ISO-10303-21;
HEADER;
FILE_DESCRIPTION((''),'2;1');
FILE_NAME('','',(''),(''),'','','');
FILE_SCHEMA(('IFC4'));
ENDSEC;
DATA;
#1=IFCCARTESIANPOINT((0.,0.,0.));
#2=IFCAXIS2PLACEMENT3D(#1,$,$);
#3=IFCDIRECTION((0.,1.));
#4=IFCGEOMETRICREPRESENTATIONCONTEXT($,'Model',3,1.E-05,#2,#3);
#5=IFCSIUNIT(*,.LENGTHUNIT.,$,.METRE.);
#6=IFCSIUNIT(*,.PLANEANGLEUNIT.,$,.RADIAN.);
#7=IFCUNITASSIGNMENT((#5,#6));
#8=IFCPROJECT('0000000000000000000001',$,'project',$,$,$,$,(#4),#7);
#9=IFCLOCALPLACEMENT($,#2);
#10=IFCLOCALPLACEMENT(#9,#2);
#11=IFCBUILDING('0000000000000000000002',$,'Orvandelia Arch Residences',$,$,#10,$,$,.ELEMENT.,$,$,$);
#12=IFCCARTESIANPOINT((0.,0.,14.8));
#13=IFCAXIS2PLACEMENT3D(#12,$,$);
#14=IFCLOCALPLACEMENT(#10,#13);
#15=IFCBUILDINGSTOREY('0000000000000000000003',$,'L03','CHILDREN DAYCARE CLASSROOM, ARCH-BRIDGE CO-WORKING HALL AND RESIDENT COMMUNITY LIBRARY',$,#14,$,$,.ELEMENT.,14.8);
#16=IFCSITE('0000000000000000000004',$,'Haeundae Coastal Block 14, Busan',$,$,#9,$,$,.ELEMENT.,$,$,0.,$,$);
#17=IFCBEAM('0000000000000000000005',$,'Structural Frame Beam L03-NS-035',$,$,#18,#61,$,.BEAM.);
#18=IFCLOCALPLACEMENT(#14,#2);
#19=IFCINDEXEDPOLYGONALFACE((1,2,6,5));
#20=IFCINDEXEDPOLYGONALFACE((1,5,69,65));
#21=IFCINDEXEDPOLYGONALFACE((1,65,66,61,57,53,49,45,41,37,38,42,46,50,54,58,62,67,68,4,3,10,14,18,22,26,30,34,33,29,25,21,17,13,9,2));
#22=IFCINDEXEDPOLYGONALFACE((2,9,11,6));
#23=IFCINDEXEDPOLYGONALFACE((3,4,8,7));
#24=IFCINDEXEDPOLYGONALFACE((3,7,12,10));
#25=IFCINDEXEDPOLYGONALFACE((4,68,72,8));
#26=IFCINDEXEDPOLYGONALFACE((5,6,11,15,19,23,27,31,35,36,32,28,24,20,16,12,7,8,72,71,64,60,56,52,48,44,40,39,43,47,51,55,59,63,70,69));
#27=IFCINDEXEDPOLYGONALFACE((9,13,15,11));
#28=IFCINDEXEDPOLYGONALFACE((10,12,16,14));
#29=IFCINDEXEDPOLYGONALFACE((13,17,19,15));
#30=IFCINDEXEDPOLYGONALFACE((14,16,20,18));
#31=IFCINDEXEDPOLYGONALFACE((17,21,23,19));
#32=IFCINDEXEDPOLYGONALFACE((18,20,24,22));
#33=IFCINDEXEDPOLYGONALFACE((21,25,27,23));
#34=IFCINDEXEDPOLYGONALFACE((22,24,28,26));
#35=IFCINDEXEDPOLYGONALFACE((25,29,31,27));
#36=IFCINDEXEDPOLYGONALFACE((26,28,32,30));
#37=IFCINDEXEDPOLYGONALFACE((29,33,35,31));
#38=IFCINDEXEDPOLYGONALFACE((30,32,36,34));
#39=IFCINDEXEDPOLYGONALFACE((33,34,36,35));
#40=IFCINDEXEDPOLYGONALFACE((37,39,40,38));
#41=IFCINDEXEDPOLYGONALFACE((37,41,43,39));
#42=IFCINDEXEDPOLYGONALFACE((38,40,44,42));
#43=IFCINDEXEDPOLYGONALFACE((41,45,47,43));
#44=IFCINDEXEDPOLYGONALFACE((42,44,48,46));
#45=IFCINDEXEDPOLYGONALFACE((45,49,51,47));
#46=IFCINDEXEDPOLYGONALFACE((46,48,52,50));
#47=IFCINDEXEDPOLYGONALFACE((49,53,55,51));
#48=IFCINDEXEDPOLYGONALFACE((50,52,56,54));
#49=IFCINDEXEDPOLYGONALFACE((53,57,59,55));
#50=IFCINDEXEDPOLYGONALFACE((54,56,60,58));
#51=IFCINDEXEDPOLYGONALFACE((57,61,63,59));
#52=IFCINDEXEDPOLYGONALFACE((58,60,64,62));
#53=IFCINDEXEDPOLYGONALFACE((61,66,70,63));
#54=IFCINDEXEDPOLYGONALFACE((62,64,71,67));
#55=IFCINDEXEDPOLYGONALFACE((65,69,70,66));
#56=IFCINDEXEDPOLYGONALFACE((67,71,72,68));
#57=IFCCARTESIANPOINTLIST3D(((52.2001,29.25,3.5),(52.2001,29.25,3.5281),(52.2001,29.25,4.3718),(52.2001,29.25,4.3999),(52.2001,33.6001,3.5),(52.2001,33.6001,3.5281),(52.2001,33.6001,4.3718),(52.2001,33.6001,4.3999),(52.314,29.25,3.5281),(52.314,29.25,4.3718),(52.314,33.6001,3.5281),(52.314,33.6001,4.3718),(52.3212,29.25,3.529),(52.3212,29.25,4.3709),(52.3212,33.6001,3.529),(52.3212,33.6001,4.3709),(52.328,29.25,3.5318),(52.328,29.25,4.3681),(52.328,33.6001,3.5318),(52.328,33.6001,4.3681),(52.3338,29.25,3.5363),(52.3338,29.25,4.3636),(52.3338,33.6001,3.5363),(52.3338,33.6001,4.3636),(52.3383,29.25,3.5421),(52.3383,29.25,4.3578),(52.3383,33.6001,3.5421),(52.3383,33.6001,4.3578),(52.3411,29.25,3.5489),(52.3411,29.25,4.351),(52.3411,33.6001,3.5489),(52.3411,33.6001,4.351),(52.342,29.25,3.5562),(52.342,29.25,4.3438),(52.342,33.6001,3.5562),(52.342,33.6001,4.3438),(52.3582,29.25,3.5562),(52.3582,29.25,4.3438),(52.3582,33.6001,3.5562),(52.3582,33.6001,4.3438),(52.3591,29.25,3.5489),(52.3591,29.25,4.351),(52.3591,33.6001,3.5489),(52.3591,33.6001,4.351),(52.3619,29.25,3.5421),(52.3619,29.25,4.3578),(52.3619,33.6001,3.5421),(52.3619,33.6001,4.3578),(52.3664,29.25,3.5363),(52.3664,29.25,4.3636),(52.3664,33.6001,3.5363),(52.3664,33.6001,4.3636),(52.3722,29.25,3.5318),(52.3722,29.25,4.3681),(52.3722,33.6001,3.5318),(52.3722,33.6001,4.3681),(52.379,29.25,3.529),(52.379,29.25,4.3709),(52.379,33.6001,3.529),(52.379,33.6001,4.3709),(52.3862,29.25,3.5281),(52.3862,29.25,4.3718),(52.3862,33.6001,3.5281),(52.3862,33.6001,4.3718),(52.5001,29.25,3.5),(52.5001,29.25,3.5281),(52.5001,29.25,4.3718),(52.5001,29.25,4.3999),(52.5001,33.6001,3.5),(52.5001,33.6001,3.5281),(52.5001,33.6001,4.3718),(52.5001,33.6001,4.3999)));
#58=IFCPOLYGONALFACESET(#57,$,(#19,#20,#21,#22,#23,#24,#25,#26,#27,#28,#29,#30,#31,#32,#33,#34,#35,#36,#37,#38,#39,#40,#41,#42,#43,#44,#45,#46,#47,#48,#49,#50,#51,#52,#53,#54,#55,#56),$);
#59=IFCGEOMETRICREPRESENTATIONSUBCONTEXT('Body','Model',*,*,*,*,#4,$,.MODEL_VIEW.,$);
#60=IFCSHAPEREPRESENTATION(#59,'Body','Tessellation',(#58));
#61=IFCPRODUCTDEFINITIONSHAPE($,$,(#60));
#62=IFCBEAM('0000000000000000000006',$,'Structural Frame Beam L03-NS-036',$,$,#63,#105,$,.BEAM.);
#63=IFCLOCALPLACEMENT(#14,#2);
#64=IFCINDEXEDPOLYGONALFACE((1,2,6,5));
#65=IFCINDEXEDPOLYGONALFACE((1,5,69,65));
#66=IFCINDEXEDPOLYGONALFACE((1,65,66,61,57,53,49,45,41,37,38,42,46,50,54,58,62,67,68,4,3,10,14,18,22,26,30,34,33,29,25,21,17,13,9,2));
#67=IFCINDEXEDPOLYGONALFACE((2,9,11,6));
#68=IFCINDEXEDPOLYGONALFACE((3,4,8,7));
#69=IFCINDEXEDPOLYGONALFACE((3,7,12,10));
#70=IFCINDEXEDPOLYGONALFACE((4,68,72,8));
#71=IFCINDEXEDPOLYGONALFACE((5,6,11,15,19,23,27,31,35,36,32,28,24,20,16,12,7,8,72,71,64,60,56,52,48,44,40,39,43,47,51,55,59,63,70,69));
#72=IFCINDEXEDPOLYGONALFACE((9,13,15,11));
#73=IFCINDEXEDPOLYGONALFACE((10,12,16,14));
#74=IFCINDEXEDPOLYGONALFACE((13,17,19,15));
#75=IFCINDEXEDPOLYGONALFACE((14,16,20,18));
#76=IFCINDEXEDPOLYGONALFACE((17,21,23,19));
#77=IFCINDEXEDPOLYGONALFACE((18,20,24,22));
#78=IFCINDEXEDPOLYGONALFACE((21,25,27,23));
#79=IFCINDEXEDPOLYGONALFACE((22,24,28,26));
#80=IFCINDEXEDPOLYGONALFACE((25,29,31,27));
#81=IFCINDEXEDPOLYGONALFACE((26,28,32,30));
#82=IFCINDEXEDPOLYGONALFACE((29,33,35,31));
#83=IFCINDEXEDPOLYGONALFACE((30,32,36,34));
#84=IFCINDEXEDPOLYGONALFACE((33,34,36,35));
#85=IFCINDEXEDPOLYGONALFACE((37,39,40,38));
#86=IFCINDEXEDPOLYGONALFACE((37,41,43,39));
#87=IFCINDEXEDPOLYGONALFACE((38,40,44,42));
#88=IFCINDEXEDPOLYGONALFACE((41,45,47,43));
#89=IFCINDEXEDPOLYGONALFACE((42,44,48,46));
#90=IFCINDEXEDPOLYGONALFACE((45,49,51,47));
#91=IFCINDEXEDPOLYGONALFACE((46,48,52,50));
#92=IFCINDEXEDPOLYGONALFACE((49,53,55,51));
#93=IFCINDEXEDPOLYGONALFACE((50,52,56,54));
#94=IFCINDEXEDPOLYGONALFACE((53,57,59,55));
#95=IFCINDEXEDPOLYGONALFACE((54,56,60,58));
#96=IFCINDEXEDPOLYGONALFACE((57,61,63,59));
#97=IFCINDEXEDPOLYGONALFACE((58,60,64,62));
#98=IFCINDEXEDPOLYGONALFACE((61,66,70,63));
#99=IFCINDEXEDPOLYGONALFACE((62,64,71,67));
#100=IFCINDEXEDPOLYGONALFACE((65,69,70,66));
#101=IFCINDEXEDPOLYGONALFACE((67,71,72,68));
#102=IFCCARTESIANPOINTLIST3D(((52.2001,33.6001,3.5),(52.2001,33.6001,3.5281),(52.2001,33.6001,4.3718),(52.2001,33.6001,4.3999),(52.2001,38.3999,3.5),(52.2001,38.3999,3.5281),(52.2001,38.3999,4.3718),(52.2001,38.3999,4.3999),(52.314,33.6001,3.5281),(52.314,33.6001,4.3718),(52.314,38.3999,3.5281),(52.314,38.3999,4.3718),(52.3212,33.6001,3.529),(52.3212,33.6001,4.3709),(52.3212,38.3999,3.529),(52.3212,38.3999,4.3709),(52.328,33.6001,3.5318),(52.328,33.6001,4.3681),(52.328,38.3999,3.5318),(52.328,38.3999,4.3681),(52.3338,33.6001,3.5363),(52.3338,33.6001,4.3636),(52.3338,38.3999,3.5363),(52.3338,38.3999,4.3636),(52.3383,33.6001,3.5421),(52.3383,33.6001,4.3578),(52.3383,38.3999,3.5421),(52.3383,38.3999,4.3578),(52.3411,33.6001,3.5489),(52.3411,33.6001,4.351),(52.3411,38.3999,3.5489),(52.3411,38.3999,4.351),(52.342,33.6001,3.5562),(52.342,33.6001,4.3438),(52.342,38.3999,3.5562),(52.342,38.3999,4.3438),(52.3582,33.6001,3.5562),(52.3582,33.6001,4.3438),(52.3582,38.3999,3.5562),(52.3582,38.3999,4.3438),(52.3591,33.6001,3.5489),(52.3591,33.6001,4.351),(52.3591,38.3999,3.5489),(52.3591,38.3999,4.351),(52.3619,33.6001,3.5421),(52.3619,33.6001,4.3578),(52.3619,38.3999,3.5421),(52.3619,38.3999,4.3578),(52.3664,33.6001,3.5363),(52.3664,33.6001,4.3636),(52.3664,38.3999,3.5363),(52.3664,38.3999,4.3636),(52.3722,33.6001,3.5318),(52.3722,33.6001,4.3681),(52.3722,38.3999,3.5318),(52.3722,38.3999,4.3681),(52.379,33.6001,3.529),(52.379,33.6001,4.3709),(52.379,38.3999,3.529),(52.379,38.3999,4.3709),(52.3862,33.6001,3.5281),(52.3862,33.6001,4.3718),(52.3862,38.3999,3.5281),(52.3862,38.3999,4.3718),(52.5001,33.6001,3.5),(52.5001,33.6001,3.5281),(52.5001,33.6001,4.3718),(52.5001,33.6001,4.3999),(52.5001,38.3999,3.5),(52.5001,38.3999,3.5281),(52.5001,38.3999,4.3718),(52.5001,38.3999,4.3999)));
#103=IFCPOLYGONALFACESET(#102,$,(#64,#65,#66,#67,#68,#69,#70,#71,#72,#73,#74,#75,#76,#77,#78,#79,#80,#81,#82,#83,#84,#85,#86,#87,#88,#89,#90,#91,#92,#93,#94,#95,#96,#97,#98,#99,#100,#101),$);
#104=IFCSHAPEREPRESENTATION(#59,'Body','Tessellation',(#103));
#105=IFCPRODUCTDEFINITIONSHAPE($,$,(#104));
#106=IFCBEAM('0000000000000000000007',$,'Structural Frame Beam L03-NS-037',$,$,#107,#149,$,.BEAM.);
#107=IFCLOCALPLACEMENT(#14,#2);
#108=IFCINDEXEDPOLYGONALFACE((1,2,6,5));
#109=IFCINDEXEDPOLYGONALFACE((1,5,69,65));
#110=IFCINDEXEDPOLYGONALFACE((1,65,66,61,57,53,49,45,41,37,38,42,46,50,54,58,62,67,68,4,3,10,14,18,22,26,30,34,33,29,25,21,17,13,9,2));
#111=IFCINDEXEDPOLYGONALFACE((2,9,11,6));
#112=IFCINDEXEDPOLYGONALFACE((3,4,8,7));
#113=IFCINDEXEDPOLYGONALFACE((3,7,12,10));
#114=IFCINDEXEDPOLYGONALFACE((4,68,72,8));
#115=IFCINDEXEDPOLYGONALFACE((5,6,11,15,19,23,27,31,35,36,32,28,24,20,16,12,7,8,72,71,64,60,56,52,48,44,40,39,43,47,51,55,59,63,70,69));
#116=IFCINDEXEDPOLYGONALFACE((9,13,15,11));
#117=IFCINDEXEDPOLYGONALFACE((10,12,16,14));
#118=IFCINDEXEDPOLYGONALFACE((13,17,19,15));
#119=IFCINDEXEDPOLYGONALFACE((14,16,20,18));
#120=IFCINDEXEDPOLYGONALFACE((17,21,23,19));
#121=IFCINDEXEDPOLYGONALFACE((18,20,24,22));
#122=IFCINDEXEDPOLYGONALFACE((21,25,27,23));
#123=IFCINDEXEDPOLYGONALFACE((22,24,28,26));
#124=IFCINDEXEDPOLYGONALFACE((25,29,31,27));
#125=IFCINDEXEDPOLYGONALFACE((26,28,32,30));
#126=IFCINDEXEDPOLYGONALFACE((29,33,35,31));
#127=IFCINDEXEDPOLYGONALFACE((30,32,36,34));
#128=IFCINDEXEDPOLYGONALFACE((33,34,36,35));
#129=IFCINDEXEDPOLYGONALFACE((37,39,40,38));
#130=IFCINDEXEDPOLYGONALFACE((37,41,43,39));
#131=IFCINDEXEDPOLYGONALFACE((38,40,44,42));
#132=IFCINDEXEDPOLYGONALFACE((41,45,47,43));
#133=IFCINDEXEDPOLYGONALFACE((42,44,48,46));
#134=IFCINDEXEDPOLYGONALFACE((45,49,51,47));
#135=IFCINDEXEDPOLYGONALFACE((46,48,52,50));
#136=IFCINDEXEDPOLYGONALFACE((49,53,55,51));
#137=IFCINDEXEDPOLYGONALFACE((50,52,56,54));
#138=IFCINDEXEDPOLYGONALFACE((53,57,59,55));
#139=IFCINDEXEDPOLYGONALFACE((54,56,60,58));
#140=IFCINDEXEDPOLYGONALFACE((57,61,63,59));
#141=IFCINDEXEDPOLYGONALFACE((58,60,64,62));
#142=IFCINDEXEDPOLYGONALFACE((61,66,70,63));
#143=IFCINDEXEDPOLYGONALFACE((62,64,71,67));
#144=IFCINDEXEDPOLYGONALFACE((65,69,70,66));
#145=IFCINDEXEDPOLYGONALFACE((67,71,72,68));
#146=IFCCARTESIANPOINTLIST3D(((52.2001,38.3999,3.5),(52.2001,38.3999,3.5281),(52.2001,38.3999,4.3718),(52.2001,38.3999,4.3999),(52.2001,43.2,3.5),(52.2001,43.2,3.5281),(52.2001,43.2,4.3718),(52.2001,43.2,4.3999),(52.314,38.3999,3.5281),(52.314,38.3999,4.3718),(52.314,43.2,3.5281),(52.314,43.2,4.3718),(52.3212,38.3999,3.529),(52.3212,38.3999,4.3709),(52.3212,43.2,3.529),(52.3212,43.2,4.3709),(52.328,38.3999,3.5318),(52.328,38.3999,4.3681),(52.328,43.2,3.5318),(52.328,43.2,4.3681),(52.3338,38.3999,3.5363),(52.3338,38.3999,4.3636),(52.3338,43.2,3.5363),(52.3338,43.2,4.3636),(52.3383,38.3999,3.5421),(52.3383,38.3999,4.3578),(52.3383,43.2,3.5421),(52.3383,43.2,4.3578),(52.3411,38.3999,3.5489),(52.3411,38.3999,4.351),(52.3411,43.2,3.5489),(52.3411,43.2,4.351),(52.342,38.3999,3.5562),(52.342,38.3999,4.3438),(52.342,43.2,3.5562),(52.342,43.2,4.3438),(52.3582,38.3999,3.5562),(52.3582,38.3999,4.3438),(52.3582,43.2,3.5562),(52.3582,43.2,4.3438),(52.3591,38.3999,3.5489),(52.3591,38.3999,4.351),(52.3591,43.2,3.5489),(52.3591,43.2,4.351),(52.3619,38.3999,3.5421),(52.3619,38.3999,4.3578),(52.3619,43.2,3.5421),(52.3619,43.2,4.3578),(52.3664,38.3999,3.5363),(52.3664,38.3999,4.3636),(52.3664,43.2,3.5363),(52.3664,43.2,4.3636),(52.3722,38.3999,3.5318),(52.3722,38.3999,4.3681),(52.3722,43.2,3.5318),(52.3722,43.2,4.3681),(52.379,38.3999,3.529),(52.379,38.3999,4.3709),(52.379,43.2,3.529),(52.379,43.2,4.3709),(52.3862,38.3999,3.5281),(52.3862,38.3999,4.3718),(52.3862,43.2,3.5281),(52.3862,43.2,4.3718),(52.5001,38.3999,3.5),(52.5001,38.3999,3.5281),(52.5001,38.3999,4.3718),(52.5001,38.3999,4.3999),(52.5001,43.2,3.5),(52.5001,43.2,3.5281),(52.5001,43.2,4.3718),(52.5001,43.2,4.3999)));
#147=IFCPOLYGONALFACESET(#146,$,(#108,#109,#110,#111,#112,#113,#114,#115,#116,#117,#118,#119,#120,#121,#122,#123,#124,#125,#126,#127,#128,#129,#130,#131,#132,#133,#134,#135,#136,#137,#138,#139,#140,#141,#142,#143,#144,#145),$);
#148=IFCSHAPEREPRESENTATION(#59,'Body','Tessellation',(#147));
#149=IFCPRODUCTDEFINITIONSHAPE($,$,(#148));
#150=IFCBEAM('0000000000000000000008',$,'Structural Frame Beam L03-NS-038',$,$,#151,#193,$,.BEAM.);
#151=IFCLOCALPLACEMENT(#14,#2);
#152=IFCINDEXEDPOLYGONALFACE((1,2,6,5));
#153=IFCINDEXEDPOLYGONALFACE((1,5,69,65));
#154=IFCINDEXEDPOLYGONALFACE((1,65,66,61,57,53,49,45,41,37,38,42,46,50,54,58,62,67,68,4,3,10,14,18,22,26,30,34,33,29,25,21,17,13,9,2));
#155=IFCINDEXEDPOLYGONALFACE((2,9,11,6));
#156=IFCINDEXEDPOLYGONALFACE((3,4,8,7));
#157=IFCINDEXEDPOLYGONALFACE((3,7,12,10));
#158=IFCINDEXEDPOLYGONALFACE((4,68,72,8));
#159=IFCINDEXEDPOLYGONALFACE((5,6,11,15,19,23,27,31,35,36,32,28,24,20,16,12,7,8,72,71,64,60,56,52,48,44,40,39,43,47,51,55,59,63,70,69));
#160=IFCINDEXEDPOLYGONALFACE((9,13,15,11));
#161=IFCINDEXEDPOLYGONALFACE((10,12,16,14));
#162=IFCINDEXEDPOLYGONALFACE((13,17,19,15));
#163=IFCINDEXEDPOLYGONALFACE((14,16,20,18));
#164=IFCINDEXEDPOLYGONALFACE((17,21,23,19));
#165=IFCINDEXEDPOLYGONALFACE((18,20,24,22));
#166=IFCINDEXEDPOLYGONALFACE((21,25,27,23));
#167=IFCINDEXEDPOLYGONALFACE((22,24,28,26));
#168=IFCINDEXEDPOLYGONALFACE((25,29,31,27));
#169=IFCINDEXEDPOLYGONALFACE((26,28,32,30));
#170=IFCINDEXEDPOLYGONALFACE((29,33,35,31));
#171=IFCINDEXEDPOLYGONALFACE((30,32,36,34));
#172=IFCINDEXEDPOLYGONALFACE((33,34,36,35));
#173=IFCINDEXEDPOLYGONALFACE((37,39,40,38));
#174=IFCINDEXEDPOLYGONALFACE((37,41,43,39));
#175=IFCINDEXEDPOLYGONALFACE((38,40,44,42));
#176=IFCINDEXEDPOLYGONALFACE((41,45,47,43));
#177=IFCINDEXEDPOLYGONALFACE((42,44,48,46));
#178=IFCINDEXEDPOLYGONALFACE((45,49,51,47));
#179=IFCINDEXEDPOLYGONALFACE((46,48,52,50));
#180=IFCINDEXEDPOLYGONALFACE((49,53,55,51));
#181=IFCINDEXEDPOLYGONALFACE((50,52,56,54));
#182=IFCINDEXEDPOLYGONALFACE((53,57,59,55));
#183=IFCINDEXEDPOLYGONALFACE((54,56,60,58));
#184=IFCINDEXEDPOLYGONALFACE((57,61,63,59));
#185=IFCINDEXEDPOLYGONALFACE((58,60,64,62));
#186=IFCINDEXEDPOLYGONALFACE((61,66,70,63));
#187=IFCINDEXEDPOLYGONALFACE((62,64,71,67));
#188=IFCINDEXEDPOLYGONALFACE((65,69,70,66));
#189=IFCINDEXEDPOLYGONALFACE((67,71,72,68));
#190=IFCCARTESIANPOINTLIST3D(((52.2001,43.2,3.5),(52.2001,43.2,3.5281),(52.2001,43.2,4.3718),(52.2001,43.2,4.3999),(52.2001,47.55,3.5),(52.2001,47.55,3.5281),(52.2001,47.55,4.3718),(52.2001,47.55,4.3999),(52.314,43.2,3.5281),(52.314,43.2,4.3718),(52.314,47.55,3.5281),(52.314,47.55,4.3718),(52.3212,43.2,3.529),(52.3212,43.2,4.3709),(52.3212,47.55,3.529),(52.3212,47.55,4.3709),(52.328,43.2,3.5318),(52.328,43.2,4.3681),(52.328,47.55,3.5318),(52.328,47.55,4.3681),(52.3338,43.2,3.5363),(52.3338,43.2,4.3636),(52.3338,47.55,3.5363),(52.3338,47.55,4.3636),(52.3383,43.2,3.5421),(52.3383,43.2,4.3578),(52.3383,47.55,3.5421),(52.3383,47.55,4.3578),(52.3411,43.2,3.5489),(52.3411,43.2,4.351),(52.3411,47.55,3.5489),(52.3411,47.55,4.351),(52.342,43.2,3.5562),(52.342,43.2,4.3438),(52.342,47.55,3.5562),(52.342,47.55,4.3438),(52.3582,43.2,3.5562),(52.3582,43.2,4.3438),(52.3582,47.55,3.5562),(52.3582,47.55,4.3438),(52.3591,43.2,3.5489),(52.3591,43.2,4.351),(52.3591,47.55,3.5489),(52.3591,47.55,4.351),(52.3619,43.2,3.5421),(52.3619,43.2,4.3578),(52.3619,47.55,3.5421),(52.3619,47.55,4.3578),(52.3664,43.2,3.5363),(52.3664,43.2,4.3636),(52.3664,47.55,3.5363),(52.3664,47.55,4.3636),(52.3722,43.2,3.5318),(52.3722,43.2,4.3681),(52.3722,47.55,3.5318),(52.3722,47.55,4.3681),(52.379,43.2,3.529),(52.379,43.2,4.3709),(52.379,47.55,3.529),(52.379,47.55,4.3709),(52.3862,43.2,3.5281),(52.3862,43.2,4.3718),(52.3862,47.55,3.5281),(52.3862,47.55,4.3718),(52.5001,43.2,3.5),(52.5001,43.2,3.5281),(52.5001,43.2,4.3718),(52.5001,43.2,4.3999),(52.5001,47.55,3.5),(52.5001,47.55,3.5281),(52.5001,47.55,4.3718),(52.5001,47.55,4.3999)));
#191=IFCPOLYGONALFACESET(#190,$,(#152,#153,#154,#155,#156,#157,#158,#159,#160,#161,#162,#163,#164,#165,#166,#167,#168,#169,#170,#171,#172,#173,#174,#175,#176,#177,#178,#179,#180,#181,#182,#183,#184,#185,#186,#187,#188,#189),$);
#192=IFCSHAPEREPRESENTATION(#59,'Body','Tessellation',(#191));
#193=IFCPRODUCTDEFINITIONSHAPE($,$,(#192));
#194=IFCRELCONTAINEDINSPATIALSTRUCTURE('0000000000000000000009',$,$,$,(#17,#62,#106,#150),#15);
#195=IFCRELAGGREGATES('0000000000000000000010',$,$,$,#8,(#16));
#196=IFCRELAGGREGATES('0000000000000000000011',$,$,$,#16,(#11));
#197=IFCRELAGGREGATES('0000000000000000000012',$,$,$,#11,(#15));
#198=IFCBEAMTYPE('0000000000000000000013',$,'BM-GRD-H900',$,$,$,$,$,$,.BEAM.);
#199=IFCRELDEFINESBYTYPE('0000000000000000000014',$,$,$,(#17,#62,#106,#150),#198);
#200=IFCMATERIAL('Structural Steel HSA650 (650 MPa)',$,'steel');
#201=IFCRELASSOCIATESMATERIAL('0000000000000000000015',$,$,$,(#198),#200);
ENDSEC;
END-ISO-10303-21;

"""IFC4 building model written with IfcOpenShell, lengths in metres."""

from ifc_helpers import new_model, si_unit, direction, frame, origin, origin_2d, place, context, subcontext, project, spatial, i_section, extrude, material, material_profile, profile_set, type_object, element, save


model = new_model("IFC4")

# Units and contexts
model_context = context("Model", 3, precision=1e-05, world=origin(), true_north=direction((0.0, 1.0)))
body_context = subcontext(model_context, "Body", "Model", "MODEL_VIEW")
ifc_project = project(units=[si_unit("LENGTHUNIT", "METRE"), si_unit("PLANEANGLEUNIT", "RADIAN")], contexts=[model_context])

# Site, building, storey
site_placement = place(None, origin())
site = spatial("IfcSite", under=ifc_project, at=site_placement, Name="Haeundae Coastal Block 14, Busan", CompositionType="ELEMENT", RefElevation=0.0)
building_placement = place(site_placement, origin())
building = spatial("IfcBuilding", under=site, at=building_placement, Name="Orvandelia Arch Residences", CompositionType="ELEMENT")
storey_placement = place(building_placement, frame((0.0, 0.0, 14.8)))
storey = spatial("IfcBuildingStorey", under=building, at=storey_placement, Name="L03", Description="CHILDREN DAYCARE CLASSROOM, ARCH-BRIDGE CO-WORKING HALL AND RESIDENT COMMUNITY LIBRARY", CompositionType="ELEMENT", Elevation=14.8)

# Beams
ifc_material_1 = material(Name="Structural Steel HSA650 (650 MPa)", Category="steel")
ifc_material_profile_1 = material_profile(ifc_material_1, i_section(OverallWidth=0.3, OverallDepth=0.8999, WebThickness=0.0161, FlangeThickness=0.0281, FilletRadius=0.0281, at=origin_2d()), Name="Structural Steel HSA650 (650 MPa)", Category="steel")
ifc_profile_set_1 = profile_set([ifc_material_profile_1], Name="Structural Steel HSA650 (650 MPa)")
beam_type = type_object("IfcBeamType", Name="BM-GRD-H900", PredefinedType="BEAM", material=ifc_profile_set_1)
beam_1_placement = place(storey_placement, frame((52.3501, 29.25, 3.95), z_axis=(0.0, 1.0, 0.0), x_axis=(-1.0, 0.0, 0.0)))
element("IfcBeam", 1, at=beam_1_placement, inside=storey, type_object=beam_type, Name="Structural Frame Beam L03-NS-035", PredefinedType="BEAM", context=body_context, shape_type="SweptSolid", body=[
    extrude(i_section(OverallWidth=0.3, OverallDepth=0.8999, WebThickness=0.0161, FlangeThickness=0.0281, FilletRadius=0.0281, at=origin_2d()), origin(), (0.0, 0.0, 1.0), 4.3501),
])
beam_2_placement = place(storey_placement, frame((52.3501, 33.6001, 3.95), z_axis=(0.0, 1.0, 0.0), x_axis=(-1.0, 0.0, 0.0)))
element("IfcBeam", 2, at=beam_2_placement, inside=storey, type_object=beam_type, Name="Structural Frame Beam L03-NS-036", PredefinedType="BEAM", context=body_context, shape_type="SweptSolid", body=[
    extrude(i_section(OverallWidth=0.3, OverallDepth=0.8999, WebThickness=0.0161, FlangeThickness=0.0281, FilletRadius=0.0281, at=origin_2d()), origin(), (0.0, 0.0, 1.0), 4.7998),
])
beam_3_placement = place(storey_placement, frame((52.3501, 38.3999, 3.95), z_axis=(0.0, 1.0, 0.0), x_axis=(-1.0, 0.0, 0.0)))
element("IfcBeam", 3, at=beam_3_placement, inside=storey, type_object=beam_type, Name="Structural Frame Beam L03-NS-037", PredefinedType="BEAM", context=body_context, shape_type="SweptSolid", body=[
    extrude(i_section(OverallWidth=0.3, OverallDepth=0.8999, WebThickness=0.0161, FlangeThickness=0.0281, FilletRadius=0.0281, at=origin_2d()), origin(), (0.0, 0.0, 1.0), 4.8),
])
for number, where, z_axis, x_axis, name in (
    (4, (52.3501, 43.2, 3.95), (0.0, 1.0, 0.0), (-1.0, 0.0, 0.0), "Structural Frame Beam L03-NS-038"),
):
    element("IfcBeam", number, at=place(storey_placement, frame(where, z_axis=z_axis, x_axis=x_axis)), inside=storey, type_object=beam_type, Name=name, PredefinedType="BEAM", context=body_context, shape_type="SweptSolid", body=[
        extrude(i_section(OverallWidth=0.3, OverallDepth=0.8999, WebThickness=0.0161, FlangeThickness=0.0281, FilletRadius=0.0281, at=origin_2d()), origin(), (0.0, 0.0, 1.0), 4.3501),
    ])

save(model, "model.ifc")
